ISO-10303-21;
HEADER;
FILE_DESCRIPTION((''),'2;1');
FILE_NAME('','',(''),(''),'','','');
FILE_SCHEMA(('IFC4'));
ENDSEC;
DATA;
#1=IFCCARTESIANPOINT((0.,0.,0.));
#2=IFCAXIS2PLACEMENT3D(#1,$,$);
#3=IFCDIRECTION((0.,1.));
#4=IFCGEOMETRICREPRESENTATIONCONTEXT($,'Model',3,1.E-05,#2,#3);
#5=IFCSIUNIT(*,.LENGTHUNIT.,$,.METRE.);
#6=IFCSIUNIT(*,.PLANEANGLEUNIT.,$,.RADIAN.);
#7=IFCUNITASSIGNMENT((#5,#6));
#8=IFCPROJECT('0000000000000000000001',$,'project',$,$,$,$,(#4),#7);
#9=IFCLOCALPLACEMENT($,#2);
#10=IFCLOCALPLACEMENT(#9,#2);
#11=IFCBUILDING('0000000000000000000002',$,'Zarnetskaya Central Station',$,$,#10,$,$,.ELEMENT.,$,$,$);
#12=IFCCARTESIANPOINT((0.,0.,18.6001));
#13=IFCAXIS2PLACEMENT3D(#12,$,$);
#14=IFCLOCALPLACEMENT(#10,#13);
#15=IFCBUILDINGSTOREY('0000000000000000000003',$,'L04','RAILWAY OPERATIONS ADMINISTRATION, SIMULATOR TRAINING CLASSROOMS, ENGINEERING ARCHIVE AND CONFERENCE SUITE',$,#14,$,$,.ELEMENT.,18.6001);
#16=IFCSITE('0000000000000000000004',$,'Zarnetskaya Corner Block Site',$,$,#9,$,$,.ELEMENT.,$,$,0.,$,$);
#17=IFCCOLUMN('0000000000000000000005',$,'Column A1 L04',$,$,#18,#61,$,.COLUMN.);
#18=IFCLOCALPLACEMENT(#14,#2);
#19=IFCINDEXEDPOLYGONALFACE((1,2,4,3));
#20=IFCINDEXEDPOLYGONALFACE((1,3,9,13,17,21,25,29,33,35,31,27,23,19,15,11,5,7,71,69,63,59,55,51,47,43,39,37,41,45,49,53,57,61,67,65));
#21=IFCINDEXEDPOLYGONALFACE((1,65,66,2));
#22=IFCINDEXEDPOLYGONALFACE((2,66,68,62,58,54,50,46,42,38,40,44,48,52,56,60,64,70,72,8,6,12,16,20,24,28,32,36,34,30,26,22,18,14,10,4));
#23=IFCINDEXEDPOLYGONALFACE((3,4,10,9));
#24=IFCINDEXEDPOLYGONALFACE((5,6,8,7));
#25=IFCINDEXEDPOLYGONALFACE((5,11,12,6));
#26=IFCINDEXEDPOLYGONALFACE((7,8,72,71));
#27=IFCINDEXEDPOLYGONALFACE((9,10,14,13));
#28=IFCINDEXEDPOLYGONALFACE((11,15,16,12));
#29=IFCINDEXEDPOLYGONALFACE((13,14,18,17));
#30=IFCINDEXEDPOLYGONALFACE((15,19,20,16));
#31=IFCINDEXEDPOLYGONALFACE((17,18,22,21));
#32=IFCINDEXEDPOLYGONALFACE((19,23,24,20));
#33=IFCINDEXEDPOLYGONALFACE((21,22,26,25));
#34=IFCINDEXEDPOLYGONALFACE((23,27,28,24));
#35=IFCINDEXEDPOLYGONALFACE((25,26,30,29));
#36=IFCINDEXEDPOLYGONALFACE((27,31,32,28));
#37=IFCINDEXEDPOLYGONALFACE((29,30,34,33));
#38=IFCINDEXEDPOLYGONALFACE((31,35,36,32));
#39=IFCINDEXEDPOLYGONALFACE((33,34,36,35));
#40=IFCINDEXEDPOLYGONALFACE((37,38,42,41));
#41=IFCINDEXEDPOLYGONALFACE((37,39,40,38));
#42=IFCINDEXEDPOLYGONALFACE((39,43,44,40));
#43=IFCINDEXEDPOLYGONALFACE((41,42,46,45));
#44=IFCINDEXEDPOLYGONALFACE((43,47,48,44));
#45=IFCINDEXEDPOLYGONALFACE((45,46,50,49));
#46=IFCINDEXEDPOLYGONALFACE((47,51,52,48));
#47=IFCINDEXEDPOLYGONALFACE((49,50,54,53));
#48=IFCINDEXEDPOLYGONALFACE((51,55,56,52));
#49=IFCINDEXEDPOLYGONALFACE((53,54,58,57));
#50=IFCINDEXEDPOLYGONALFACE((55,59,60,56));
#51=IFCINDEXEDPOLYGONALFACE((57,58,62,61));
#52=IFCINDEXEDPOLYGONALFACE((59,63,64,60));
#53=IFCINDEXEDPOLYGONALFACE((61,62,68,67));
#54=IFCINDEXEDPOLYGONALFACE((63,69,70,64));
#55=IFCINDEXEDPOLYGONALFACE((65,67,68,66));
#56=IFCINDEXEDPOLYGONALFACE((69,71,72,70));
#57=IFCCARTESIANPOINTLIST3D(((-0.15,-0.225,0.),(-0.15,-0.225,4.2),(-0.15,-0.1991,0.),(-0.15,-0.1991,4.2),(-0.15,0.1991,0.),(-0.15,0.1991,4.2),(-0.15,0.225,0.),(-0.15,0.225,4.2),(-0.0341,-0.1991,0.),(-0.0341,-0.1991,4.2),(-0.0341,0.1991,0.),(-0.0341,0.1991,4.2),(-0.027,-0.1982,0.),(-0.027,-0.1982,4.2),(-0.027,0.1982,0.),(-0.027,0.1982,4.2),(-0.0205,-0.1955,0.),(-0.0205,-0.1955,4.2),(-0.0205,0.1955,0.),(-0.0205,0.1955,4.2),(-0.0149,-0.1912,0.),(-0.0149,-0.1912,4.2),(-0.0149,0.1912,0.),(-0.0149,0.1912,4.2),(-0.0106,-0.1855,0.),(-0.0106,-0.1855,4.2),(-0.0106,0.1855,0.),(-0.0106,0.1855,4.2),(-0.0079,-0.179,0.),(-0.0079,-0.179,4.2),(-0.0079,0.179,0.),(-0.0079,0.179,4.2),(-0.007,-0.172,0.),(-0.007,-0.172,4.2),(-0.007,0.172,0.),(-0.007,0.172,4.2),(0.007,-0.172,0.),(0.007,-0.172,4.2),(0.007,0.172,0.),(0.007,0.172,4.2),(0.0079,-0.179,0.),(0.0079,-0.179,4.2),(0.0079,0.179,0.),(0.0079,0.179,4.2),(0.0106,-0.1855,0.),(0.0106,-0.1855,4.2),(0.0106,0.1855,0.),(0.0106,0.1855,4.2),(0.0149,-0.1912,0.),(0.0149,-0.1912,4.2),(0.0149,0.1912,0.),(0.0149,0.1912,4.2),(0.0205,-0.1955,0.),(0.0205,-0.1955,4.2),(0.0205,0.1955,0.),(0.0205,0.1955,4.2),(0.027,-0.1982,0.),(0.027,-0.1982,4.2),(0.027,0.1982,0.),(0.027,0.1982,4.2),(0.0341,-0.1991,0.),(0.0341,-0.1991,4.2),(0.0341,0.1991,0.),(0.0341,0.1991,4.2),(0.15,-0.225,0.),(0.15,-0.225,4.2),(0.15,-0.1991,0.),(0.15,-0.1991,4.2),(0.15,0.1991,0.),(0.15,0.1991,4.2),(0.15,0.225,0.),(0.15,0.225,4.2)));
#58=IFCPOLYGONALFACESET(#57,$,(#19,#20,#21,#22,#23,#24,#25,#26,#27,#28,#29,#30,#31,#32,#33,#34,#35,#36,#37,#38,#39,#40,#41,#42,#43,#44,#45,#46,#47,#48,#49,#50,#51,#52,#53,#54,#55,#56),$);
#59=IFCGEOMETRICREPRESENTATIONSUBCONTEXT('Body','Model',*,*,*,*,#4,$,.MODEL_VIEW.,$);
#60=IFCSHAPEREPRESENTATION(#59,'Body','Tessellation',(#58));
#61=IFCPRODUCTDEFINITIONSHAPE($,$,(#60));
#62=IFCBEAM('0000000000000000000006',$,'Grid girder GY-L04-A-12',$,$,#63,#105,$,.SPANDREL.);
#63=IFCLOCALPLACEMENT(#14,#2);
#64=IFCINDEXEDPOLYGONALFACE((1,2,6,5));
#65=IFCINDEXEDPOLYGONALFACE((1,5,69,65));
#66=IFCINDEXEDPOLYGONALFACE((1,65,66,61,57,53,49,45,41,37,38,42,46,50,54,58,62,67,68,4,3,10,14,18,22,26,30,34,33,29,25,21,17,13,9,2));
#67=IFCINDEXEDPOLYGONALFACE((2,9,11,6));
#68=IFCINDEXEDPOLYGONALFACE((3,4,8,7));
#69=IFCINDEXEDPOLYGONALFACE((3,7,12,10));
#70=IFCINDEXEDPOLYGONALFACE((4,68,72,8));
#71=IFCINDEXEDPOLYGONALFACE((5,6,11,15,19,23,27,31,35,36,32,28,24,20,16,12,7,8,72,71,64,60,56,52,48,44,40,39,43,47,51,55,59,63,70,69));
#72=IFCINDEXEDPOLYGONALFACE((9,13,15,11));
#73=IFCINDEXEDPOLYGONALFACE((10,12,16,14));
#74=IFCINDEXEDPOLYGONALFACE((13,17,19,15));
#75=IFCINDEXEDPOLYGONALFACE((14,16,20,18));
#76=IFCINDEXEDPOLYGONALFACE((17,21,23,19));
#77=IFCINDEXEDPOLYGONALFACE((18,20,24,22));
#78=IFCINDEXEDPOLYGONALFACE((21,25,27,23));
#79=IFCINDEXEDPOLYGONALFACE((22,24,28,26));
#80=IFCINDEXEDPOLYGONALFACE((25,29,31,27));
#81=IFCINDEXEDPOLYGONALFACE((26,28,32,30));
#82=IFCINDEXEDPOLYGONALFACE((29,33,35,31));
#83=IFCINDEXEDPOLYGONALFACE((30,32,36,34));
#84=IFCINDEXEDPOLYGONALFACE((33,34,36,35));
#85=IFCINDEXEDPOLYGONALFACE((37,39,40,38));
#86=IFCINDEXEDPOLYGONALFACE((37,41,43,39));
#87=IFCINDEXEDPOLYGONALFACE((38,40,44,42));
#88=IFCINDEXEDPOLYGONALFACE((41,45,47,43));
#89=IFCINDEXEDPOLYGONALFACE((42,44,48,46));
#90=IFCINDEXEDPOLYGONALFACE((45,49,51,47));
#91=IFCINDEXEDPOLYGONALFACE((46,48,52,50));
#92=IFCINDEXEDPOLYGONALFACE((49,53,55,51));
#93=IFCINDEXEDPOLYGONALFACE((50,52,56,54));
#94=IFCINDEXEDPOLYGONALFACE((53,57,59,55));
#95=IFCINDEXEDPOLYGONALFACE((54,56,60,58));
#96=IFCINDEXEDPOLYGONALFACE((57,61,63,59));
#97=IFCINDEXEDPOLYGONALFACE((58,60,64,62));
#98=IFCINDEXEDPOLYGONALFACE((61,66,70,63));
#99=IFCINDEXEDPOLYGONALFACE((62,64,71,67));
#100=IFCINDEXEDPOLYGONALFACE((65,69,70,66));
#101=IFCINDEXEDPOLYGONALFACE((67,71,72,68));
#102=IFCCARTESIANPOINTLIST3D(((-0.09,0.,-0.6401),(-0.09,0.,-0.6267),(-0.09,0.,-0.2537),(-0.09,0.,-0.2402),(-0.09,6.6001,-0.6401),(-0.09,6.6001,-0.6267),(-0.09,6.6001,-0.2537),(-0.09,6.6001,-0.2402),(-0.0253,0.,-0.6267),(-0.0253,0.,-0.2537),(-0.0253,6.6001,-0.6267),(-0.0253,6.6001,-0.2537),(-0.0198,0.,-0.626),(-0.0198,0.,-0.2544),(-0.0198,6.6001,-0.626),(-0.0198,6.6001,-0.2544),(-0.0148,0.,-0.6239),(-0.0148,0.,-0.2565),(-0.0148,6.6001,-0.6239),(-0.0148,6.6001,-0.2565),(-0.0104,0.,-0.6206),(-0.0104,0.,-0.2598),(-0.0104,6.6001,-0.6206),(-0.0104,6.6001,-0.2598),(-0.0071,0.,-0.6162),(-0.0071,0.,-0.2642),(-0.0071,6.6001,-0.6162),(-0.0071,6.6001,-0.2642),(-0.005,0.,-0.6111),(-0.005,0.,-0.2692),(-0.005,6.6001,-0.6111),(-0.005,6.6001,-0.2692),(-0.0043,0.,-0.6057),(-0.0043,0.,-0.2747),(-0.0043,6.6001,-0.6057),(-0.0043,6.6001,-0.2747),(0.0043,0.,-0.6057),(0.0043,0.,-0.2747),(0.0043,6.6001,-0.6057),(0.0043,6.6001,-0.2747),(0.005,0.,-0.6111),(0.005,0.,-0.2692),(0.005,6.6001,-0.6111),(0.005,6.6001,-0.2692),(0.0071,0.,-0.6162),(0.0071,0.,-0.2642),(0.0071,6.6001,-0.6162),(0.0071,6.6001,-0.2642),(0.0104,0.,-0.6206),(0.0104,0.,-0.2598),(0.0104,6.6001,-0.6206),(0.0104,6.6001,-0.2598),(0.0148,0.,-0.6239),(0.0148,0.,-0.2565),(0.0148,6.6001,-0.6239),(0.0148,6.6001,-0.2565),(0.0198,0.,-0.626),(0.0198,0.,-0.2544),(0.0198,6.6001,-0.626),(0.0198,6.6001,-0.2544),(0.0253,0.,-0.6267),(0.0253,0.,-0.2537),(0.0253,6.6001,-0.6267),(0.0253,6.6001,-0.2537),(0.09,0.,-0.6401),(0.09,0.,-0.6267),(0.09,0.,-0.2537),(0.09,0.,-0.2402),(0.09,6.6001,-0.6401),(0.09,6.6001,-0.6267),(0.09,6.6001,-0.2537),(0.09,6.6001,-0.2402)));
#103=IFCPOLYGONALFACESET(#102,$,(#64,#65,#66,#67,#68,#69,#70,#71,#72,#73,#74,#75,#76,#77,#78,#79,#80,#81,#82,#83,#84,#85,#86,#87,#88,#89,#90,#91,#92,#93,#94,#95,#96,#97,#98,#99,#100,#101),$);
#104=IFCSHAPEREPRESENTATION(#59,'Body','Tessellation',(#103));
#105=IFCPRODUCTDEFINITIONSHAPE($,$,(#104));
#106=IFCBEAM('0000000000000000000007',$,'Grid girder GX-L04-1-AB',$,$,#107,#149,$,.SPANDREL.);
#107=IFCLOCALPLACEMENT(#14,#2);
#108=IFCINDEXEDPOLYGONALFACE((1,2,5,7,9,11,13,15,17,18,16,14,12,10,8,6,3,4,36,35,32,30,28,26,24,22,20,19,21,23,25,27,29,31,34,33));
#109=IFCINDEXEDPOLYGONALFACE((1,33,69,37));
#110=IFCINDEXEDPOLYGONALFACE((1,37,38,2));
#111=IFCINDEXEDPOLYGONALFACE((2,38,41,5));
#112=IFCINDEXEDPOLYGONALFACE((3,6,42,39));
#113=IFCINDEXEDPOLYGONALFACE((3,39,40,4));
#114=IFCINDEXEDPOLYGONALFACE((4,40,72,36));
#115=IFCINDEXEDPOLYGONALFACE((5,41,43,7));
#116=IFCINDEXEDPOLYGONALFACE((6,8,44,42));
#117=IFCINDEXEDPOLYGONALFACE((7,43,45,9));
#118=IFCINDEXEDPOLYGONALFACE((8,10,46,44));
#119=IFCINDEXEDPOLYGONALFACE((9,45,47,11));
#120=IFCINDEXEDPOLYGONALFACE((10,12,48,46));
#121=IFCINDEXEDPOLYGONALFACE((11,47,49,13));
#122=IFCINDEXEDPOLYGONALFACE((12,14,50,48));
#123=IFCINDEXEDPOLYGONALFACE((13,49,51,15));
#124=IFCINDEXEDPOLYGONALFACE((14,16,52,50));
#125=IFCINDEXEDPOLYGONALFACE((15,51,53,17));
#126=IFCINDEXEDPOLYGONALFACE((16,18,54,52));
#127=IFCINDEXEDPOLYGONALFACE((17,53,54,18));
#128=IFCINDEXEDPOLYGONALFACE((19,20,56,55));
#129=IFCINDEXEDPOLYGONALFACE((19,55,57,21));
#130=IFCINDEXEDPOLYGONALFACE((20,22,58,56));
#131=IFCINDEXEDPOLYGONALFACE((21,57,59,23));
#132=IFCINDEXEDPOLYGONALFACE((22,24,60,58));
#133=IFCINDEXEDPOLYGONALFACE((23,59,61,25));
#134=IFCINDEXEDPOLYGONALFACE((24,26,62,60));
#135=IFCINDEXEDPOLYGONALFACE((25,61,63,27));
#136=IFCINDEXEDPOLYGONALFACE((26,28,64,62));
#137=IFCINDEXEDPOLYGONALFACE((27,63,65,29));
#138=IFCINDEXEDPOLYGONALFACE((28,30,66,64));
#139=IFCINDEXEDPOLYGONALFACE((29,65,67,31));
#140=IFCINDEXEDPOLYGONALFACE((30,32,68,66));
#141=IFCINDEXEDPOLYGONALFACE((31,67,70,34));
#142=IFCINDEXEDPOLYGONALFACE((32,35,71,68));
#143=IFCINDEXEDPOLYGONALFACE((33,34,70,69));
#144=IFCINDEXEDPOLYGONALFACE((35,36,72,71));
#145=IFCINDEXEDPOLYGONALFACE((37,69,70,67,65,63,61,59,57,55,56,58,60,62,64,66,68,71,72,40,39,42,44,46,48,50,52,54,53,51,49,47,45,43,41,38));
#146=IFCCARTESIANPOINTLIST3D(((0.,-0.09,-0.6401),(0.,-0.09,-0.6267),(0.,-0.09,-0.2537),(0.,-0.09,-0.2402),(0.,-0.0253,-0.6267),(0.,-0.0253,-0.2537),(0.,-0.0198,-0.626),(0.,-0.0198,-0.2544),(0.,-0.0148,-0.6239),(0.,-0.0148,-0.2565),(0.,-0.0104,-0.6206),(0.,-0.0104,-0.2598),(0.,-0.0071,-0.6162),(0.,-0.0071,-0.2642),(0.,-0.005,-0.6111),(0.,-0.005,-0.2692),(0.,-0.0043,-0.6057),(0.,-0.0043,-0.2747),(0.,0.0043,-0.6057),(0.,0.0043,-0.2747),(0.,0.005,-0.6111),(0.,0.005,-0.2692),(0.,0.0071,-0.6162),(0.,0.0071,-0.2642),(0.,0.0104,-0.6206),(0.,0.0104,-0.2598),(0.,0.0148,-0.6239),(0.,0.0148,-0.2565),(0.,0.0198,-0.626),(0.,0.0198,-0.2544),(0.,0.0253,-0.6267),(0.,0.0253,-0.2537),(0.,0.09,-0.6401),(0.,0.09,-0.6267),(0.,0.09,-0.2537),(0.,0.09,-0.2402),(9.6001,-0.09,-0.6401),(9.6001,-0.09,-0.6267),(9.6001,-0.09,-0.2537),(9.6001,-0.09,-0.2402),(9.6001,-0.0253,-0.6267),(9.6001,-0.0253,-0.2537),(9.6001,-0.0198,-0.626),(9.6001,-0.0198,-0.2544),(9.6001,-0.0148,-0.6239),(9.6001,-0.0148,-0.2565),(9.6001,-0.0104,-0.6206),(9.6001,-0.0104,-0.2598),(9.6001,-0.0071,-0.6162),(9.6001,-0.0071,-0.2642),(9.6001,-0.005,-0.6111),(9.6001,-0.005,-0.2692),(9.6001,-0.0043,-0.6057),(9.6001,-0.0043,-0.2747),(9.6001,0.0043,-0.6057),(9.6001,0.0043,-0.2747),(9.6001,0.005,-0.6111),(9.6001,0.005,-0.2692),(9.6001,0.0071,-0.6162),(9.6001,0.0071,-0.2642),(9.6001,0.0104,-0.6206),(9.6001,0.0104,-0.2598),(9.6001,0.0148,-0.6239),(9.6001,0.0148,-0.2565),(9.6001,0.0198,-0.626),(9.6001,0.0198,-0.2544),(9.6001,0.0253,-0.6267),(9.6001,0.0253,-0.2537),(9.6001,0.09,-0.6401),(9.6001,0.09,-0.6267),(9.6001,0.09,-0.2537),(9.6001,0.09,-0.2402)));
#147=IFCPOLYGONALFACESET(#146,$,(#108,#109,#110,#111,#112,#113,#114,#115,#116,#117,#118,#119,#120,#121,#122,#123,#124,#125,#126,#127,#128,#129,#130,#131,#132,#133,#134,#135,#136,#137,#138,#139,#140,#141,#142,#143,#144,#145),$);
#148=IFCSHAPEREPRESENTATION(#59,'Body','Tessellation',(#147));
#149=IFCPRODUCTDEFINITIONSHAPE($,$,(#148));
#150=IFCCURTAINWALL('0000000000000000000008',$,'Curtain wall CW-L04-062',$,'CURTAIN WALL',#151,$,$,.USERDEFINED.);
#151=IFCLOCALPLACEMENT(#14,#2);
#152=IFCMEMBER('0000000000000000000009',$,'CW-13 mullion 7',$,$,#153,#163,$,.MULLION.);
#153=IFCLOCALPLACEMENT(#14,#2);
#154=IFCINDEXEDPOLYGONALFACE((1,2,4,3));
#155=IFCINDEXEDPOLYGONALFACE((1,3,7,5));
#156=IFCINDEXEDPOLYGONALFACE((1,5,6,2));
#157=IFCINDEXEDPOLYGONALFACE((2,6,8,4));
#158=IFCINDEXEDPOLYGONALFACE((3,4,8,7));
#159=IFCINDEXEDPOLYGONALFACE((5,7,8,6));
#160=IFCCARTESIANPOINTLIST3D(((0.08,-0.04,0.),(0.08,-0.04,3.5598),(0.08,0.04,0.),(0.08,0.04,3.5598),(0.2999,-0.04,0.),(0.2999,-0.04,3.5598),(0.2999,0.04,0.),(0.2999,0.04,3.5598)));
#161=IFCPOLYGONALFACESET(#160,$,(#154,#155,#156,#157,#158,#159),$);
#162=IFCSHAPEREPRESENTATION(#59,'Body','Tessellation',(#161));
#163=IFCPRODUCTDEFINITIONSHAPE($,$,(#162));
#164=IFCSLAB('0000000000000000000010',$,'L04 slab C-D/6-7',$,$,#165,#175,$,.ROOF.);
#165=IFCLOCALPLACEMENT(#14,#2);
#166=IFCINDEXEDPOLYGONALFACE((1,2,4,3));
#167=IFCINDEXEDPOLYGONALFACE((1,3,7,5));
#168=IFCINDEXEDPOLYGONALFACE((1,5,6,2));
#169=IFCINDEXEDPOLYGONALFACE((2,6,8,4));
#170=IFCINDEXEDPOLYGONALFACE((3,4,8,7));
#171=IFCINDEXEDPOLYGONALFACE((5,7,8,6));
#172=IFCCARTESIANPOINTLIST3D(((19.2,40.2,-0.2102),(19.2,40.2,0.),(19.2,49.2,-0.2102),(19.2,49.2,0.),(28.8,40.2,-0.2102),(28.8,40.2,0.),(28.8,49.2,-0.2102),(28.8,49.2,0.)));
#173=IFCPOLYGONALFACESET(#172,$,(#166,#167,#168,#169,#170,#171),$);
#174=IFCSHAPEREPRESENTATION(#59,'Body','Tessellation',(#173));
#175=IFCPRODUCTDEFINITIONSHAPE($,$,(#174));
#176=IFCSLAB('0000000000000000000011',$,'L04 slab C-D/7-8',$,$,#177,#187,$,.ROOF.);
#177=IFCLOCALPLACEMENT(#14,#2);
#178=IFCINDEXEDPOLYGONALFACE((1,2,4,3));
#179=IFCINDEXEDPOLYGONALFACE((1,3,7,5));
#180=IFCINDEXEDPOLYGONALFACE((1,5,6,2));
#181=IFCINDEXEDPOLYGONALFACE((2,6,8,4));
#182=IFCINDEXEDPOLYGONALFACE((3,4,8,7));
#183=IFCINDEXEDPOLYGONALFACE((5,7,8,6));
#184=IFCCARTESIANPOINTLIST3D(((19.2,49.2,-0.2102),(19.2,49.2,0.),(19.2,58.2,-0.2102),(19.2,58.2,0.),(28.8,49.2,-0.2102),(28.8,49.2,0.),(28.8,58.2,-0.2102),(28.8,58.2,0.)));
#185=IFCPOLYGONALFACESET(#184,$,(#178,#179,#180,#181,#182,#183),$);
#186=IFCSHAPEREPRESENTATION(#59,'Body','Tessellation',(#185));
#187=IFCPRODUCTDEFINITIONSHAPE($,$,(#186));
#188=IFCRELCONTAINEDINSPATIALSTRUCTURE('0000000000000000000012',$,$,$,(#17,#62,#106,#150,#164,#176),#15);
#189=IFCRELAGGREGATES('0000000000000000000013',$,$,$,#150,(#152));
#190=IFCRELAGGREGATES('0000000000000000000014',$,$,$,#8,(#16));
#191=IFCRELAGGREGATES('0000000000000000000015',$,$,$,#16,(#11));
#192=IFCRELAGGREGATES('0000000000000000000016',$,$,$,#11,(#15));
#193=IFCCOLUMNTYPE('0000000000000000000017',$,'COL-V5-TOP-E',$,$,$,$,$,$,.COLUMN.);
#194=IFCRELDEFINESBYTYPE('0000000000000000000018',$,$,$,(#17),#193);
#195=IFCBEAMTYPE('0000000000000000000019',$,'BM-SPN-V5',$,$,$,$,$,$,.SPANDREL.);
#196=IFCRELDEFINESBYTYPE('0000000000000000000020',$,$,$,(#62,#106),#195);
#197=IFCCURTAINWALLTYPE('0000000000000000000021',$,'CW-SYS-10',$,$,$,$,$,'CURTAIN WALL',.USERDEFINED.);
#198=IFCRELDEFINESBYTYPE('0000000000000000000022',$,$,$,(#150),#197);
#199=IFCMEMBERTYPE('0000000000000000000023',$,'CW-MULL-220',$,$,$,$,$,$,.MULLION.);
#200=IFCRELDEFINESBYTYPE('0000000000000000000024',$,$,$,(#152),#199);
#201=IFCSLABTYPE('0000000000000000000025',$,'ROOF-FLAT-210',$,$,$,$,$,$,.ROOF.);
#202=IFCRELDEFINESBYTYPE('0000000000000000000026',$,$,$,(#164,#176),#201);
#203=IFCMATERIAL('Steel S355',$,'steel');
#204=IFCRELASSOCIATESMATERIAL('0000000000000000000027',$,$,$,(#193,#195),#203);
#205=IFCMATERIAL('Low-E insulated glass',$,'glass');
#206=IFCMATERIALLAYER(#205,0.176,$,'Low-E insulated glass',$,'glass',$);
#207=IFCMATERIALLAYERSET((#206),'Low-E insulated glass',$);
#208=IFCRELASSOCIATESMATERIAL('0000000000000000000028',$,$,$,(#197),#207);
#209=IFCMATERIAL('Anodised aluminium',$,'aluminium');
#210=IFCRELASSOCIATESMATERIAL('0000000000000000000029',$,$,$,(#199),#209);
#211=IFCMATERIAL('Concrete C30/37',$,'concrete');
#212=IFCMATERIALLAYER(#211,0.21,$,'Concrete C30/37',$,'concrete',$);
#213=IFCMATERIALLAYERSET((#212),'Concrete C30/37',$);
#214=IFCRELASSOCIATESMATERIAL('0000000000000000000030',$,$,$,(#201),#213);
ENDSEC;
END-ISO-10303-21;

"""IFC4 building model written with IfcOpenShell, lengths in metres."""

from ifc_helpers import new_model, si_unit, direction, frame, origin, origin_with_axes, origin_2d, place, context, subcontext, project, spatial, polyline, rectangle, i_section, outline, extrude, material, layer, layer_set, material_profile, profile_set, type_object, element, aggregate, save


model = new_model("IFC4")

# Units and contexts
model_context = context("Model", 3, precision=1e-05, world=origin(), true_north=direction((0.0, 1.0)))
body_context = subcontext(model_context, "Body", "Model", "MODEL_VIEW")
ifc_project = project(units=[si_unit("LENGTHUNIT", "METRE"), si_unit("PLANEANGLEUNIT", "RADIAN")], contexts=[model_context])

# Site, building, storey
site_placement = place(None, origin())
site = spatial("IfcSite", under=ifc_project, at=site_placement, Name="Zarnetskaya Corner Block Site", CompositionType="ELEMENT", RefElevation=0.0)
building_placement = place(site_placement, origin())
building = spatial("IfcBuilding", under=site, at=building_placement, Name="Zarnetskaya Central Station", CompositionType="ELEMENT")
storey_placement = place(building_placement, frame((0.0, 0.0, 18.6001)))
storey = spatial("IfcBuildingStorey", under=building, at=storey_placement, Name="L04", Description="RAILWAY OPERATIONS ADMINISTRATION, SIMULATOR TRAINING CLASSROOMS, ENGINEERING ARCHIVE AND CONFERENCE SUITE", CompositionType="ELEMENT", Elevation=18.6001)

# Column
ifc_material_1 = material(Name="Steel S355", Category="steel")
ifc_material_profile_1 = material_profile(ifc_material_1, i_section(OverallWidth=0.3, OverallDepth=0.45, WebThickness=0.0139, FlangeThickness=0.0259, FilletRadius=0.0271, at=origin_2d()), Name="HEB 450")
ifc_profile_set_1 = profile_set([ifc_material_profile_1], Name="Steel S355")
column_type = type_object("IfcColumnType", Name="COL-V5-TOP-E", PredefinedType="COLUMN", material=ifc_profile_set_1)
column_placement = place(storey_placement, origin_with_axes())
element("IfcColumn", 1, at=column_placement, inside=storey, type_object=column_type, Name="Column A1 L04", PredefinedType="COLUMN", context=body_context, shape_type="SweptSolid", body=[
    extrude(i_section(OverallWidth=0.3, OverallDepth=0.45, WebThickness=0.0139, FlangeThickness=0.0259, FilletRadius=0.0271, at=origin_2d()), origin(), (0.0, 0.0, 1.0), 4.2),
])

# Beams
ifc_material_profile_2 = material_profile(ifc_material_1, i_section(OverallWidth=0.1799, OverallDepth=0.3999, WebThickness=0.0085, FlangeThickness=0.0134, FilletRadius=0.021, at=origin_2d()), Name="IPE 400")
ifc_profile_set_2 = profile_set([ifc_material_profile_2], Name="Steel S355")
beam_type = type_object("IfcBeamType", Name="BM-SPN-V5", PredefinedType="SPANDREL", material=ifc_profile_set_2)
beam_1_placement = place(storey_placement, frame((0.0, 0.0, -0.4402), z_axis=(0.0, 1.0, 0.0), x_axis=(-1.0, 0.0, 0.0)))
element("IfcBeam", 2, at=beam_1_placement, inside=storey, type_object=beam_type, Name="Grid girder GY-L04-A-12", PredefinedType="SPANDREL", context=body_context, shape_type="SweptSolid", body=[
    extrude(i_section(OverallWidth=0.1799, OverallDepth=0.3999, WebThickness=0.0085, FlangeThickness=0.0134, FilletRadius=0.021, at=origin_2d()), origin(), (0.0, 0.0, 1.0), 6.6001),
])
beam_2_placement = place(storey_placement, frame((0.0, 0.0, -0.4402), z_axis=(1.0, 0.0, 0.0), x_axis=(0.0, 1.0, 0.0)))
element("IfcBeam", 3, at=beam_2_placement, inside=storey, type_object=beam_type, Name="Grid girder GX-L04-1-AB", PredefinedType="SPANDREL", context=body_context, shape_type="SweptSolid", body=[
    extrude(i_section(OverallWidth=0.1799, OverallDepth=0.3999, WebThickness=0.0085, FlangeThickness=0.0134, FilletRadius=0.021, at=origin_2d()), origin(), (0.0, 0.0, 1.0), 9.6001),
])

# Curtain wall, member
ifc_material_2 = material(Name="Low-E insulated glass", Category="glass")
ifc_layer_1 = layer(ifc_material_2, 0.176, Name="Low-E insulated glass", Category="glass")
ifc_layer_set_1 = layer_set([ifc_layer_1], Name="Low-E insulated glass")
curtain_wall_type = type_object("IfcCurtainWallType", Name="CW-SYS-10", ElementType="CURTAIN WALL", PredefinedType="USERDEFINED", material=ifc_layer_set_1)
curtain_wall_placement = place(storey_placement, origin())
curtain_wall = element("IfcCurtainWall", 4, at=curtain_wall_placement, inside=storey, type_object=curtain_wall_type, Name="Curtain wall CW-L04-062", ObjectType="CURTAIN WALL", PredefinedType="USERDEFINED")
ifc_material_3 = material(Name="Anodised aluminium", Category="aluminium")
ifc_material_profile_3 = material_profile(ifc_material_3, rectangle(XDim=0.0801, YDim=0.22, at=origin_2d()), Name="ALU MULL 80x220")
ifc_profile_set_3 = profile_set([ifc_material_profile_3], Name="Anodised aluminium")
member_type = type_object("IfcMemberType", Name="CW-MULL-220", PredefinedType="MULLION", material=ifc_profile_set_3)
member_placement = place(storey_placement, frame((0.1899, 0.0, 0.0), z_axis=(0.0, 0.0, 1.0), x_axis=(0.0, -1.0, 0.0)))
member = element("IfcMember", 5, at=member_placement, type_object=member_type, Name="CW-13 mullion 7", PredefinedType="MULLION", context=body_context, shape_type="SweptSolid", body=[
    extrude(rectangle(XDim=0.0801, YDim=0.22, at=origin_2d()), origin(), (0.0, 0.0, 1.0), 3.5598),
])
aggregate(curtain_wall, [member])

# Slabs
ifc_material_4 = material(Name="Concrete C30/37", Category="concrete")
ifc_layer_2 = layer(ifc_material_4, 0.21, Name="Concrete C30/37", Category="concrete")
ifc_layer_set_2 = layer_set([ifc_layer_2], Name="Concrete C30/37")
slab_type_1 = type_object("IfcSlabType", Name="ROOF-FLAT-210", PredefinedType="ROOF", material=ifc_layer_set_2)
slab_1_placement = place(storey_placement, frame((0.0, 0.0, -0.2102)))
element("IfcSlab", 6, at=slab_1_placement, inside=storey, type_object=slab_type_1, Name="L04 slab C-D/6-7", PredefinedType="ROOF", context=body_context, shape_type="SweptSolid", body=[
    extrude(outline(polyline([(19.2, 40.2), (28.8, 40.2), (28.8, 49.2), (19.2, 49.2), (19.2, 40.2)])), origin(), (0.0, 0.0, 1.0), 0.2102),
])
slab_2_placement = place(storey_placement, frame((0.0, 0.0, -0.2102)))
element("IfcSlab", 7, at=slab_2_placement, inside=storey, type_object=slab_type_1, Name="L04 slab C-D/7-8", PredefinedType="ROOF", context=body_context, shape_type="SweptSolid", body=[
    extrude(outline(polyline([(19.2, 49.2), (28.8, 49.2), (28.8, 58.2), (19.2, 58.2), (19.2, 49.2)])), origin(), (0.0, 0.0, 1.0), 0.2102),
])

save(model, "model.ifc")
